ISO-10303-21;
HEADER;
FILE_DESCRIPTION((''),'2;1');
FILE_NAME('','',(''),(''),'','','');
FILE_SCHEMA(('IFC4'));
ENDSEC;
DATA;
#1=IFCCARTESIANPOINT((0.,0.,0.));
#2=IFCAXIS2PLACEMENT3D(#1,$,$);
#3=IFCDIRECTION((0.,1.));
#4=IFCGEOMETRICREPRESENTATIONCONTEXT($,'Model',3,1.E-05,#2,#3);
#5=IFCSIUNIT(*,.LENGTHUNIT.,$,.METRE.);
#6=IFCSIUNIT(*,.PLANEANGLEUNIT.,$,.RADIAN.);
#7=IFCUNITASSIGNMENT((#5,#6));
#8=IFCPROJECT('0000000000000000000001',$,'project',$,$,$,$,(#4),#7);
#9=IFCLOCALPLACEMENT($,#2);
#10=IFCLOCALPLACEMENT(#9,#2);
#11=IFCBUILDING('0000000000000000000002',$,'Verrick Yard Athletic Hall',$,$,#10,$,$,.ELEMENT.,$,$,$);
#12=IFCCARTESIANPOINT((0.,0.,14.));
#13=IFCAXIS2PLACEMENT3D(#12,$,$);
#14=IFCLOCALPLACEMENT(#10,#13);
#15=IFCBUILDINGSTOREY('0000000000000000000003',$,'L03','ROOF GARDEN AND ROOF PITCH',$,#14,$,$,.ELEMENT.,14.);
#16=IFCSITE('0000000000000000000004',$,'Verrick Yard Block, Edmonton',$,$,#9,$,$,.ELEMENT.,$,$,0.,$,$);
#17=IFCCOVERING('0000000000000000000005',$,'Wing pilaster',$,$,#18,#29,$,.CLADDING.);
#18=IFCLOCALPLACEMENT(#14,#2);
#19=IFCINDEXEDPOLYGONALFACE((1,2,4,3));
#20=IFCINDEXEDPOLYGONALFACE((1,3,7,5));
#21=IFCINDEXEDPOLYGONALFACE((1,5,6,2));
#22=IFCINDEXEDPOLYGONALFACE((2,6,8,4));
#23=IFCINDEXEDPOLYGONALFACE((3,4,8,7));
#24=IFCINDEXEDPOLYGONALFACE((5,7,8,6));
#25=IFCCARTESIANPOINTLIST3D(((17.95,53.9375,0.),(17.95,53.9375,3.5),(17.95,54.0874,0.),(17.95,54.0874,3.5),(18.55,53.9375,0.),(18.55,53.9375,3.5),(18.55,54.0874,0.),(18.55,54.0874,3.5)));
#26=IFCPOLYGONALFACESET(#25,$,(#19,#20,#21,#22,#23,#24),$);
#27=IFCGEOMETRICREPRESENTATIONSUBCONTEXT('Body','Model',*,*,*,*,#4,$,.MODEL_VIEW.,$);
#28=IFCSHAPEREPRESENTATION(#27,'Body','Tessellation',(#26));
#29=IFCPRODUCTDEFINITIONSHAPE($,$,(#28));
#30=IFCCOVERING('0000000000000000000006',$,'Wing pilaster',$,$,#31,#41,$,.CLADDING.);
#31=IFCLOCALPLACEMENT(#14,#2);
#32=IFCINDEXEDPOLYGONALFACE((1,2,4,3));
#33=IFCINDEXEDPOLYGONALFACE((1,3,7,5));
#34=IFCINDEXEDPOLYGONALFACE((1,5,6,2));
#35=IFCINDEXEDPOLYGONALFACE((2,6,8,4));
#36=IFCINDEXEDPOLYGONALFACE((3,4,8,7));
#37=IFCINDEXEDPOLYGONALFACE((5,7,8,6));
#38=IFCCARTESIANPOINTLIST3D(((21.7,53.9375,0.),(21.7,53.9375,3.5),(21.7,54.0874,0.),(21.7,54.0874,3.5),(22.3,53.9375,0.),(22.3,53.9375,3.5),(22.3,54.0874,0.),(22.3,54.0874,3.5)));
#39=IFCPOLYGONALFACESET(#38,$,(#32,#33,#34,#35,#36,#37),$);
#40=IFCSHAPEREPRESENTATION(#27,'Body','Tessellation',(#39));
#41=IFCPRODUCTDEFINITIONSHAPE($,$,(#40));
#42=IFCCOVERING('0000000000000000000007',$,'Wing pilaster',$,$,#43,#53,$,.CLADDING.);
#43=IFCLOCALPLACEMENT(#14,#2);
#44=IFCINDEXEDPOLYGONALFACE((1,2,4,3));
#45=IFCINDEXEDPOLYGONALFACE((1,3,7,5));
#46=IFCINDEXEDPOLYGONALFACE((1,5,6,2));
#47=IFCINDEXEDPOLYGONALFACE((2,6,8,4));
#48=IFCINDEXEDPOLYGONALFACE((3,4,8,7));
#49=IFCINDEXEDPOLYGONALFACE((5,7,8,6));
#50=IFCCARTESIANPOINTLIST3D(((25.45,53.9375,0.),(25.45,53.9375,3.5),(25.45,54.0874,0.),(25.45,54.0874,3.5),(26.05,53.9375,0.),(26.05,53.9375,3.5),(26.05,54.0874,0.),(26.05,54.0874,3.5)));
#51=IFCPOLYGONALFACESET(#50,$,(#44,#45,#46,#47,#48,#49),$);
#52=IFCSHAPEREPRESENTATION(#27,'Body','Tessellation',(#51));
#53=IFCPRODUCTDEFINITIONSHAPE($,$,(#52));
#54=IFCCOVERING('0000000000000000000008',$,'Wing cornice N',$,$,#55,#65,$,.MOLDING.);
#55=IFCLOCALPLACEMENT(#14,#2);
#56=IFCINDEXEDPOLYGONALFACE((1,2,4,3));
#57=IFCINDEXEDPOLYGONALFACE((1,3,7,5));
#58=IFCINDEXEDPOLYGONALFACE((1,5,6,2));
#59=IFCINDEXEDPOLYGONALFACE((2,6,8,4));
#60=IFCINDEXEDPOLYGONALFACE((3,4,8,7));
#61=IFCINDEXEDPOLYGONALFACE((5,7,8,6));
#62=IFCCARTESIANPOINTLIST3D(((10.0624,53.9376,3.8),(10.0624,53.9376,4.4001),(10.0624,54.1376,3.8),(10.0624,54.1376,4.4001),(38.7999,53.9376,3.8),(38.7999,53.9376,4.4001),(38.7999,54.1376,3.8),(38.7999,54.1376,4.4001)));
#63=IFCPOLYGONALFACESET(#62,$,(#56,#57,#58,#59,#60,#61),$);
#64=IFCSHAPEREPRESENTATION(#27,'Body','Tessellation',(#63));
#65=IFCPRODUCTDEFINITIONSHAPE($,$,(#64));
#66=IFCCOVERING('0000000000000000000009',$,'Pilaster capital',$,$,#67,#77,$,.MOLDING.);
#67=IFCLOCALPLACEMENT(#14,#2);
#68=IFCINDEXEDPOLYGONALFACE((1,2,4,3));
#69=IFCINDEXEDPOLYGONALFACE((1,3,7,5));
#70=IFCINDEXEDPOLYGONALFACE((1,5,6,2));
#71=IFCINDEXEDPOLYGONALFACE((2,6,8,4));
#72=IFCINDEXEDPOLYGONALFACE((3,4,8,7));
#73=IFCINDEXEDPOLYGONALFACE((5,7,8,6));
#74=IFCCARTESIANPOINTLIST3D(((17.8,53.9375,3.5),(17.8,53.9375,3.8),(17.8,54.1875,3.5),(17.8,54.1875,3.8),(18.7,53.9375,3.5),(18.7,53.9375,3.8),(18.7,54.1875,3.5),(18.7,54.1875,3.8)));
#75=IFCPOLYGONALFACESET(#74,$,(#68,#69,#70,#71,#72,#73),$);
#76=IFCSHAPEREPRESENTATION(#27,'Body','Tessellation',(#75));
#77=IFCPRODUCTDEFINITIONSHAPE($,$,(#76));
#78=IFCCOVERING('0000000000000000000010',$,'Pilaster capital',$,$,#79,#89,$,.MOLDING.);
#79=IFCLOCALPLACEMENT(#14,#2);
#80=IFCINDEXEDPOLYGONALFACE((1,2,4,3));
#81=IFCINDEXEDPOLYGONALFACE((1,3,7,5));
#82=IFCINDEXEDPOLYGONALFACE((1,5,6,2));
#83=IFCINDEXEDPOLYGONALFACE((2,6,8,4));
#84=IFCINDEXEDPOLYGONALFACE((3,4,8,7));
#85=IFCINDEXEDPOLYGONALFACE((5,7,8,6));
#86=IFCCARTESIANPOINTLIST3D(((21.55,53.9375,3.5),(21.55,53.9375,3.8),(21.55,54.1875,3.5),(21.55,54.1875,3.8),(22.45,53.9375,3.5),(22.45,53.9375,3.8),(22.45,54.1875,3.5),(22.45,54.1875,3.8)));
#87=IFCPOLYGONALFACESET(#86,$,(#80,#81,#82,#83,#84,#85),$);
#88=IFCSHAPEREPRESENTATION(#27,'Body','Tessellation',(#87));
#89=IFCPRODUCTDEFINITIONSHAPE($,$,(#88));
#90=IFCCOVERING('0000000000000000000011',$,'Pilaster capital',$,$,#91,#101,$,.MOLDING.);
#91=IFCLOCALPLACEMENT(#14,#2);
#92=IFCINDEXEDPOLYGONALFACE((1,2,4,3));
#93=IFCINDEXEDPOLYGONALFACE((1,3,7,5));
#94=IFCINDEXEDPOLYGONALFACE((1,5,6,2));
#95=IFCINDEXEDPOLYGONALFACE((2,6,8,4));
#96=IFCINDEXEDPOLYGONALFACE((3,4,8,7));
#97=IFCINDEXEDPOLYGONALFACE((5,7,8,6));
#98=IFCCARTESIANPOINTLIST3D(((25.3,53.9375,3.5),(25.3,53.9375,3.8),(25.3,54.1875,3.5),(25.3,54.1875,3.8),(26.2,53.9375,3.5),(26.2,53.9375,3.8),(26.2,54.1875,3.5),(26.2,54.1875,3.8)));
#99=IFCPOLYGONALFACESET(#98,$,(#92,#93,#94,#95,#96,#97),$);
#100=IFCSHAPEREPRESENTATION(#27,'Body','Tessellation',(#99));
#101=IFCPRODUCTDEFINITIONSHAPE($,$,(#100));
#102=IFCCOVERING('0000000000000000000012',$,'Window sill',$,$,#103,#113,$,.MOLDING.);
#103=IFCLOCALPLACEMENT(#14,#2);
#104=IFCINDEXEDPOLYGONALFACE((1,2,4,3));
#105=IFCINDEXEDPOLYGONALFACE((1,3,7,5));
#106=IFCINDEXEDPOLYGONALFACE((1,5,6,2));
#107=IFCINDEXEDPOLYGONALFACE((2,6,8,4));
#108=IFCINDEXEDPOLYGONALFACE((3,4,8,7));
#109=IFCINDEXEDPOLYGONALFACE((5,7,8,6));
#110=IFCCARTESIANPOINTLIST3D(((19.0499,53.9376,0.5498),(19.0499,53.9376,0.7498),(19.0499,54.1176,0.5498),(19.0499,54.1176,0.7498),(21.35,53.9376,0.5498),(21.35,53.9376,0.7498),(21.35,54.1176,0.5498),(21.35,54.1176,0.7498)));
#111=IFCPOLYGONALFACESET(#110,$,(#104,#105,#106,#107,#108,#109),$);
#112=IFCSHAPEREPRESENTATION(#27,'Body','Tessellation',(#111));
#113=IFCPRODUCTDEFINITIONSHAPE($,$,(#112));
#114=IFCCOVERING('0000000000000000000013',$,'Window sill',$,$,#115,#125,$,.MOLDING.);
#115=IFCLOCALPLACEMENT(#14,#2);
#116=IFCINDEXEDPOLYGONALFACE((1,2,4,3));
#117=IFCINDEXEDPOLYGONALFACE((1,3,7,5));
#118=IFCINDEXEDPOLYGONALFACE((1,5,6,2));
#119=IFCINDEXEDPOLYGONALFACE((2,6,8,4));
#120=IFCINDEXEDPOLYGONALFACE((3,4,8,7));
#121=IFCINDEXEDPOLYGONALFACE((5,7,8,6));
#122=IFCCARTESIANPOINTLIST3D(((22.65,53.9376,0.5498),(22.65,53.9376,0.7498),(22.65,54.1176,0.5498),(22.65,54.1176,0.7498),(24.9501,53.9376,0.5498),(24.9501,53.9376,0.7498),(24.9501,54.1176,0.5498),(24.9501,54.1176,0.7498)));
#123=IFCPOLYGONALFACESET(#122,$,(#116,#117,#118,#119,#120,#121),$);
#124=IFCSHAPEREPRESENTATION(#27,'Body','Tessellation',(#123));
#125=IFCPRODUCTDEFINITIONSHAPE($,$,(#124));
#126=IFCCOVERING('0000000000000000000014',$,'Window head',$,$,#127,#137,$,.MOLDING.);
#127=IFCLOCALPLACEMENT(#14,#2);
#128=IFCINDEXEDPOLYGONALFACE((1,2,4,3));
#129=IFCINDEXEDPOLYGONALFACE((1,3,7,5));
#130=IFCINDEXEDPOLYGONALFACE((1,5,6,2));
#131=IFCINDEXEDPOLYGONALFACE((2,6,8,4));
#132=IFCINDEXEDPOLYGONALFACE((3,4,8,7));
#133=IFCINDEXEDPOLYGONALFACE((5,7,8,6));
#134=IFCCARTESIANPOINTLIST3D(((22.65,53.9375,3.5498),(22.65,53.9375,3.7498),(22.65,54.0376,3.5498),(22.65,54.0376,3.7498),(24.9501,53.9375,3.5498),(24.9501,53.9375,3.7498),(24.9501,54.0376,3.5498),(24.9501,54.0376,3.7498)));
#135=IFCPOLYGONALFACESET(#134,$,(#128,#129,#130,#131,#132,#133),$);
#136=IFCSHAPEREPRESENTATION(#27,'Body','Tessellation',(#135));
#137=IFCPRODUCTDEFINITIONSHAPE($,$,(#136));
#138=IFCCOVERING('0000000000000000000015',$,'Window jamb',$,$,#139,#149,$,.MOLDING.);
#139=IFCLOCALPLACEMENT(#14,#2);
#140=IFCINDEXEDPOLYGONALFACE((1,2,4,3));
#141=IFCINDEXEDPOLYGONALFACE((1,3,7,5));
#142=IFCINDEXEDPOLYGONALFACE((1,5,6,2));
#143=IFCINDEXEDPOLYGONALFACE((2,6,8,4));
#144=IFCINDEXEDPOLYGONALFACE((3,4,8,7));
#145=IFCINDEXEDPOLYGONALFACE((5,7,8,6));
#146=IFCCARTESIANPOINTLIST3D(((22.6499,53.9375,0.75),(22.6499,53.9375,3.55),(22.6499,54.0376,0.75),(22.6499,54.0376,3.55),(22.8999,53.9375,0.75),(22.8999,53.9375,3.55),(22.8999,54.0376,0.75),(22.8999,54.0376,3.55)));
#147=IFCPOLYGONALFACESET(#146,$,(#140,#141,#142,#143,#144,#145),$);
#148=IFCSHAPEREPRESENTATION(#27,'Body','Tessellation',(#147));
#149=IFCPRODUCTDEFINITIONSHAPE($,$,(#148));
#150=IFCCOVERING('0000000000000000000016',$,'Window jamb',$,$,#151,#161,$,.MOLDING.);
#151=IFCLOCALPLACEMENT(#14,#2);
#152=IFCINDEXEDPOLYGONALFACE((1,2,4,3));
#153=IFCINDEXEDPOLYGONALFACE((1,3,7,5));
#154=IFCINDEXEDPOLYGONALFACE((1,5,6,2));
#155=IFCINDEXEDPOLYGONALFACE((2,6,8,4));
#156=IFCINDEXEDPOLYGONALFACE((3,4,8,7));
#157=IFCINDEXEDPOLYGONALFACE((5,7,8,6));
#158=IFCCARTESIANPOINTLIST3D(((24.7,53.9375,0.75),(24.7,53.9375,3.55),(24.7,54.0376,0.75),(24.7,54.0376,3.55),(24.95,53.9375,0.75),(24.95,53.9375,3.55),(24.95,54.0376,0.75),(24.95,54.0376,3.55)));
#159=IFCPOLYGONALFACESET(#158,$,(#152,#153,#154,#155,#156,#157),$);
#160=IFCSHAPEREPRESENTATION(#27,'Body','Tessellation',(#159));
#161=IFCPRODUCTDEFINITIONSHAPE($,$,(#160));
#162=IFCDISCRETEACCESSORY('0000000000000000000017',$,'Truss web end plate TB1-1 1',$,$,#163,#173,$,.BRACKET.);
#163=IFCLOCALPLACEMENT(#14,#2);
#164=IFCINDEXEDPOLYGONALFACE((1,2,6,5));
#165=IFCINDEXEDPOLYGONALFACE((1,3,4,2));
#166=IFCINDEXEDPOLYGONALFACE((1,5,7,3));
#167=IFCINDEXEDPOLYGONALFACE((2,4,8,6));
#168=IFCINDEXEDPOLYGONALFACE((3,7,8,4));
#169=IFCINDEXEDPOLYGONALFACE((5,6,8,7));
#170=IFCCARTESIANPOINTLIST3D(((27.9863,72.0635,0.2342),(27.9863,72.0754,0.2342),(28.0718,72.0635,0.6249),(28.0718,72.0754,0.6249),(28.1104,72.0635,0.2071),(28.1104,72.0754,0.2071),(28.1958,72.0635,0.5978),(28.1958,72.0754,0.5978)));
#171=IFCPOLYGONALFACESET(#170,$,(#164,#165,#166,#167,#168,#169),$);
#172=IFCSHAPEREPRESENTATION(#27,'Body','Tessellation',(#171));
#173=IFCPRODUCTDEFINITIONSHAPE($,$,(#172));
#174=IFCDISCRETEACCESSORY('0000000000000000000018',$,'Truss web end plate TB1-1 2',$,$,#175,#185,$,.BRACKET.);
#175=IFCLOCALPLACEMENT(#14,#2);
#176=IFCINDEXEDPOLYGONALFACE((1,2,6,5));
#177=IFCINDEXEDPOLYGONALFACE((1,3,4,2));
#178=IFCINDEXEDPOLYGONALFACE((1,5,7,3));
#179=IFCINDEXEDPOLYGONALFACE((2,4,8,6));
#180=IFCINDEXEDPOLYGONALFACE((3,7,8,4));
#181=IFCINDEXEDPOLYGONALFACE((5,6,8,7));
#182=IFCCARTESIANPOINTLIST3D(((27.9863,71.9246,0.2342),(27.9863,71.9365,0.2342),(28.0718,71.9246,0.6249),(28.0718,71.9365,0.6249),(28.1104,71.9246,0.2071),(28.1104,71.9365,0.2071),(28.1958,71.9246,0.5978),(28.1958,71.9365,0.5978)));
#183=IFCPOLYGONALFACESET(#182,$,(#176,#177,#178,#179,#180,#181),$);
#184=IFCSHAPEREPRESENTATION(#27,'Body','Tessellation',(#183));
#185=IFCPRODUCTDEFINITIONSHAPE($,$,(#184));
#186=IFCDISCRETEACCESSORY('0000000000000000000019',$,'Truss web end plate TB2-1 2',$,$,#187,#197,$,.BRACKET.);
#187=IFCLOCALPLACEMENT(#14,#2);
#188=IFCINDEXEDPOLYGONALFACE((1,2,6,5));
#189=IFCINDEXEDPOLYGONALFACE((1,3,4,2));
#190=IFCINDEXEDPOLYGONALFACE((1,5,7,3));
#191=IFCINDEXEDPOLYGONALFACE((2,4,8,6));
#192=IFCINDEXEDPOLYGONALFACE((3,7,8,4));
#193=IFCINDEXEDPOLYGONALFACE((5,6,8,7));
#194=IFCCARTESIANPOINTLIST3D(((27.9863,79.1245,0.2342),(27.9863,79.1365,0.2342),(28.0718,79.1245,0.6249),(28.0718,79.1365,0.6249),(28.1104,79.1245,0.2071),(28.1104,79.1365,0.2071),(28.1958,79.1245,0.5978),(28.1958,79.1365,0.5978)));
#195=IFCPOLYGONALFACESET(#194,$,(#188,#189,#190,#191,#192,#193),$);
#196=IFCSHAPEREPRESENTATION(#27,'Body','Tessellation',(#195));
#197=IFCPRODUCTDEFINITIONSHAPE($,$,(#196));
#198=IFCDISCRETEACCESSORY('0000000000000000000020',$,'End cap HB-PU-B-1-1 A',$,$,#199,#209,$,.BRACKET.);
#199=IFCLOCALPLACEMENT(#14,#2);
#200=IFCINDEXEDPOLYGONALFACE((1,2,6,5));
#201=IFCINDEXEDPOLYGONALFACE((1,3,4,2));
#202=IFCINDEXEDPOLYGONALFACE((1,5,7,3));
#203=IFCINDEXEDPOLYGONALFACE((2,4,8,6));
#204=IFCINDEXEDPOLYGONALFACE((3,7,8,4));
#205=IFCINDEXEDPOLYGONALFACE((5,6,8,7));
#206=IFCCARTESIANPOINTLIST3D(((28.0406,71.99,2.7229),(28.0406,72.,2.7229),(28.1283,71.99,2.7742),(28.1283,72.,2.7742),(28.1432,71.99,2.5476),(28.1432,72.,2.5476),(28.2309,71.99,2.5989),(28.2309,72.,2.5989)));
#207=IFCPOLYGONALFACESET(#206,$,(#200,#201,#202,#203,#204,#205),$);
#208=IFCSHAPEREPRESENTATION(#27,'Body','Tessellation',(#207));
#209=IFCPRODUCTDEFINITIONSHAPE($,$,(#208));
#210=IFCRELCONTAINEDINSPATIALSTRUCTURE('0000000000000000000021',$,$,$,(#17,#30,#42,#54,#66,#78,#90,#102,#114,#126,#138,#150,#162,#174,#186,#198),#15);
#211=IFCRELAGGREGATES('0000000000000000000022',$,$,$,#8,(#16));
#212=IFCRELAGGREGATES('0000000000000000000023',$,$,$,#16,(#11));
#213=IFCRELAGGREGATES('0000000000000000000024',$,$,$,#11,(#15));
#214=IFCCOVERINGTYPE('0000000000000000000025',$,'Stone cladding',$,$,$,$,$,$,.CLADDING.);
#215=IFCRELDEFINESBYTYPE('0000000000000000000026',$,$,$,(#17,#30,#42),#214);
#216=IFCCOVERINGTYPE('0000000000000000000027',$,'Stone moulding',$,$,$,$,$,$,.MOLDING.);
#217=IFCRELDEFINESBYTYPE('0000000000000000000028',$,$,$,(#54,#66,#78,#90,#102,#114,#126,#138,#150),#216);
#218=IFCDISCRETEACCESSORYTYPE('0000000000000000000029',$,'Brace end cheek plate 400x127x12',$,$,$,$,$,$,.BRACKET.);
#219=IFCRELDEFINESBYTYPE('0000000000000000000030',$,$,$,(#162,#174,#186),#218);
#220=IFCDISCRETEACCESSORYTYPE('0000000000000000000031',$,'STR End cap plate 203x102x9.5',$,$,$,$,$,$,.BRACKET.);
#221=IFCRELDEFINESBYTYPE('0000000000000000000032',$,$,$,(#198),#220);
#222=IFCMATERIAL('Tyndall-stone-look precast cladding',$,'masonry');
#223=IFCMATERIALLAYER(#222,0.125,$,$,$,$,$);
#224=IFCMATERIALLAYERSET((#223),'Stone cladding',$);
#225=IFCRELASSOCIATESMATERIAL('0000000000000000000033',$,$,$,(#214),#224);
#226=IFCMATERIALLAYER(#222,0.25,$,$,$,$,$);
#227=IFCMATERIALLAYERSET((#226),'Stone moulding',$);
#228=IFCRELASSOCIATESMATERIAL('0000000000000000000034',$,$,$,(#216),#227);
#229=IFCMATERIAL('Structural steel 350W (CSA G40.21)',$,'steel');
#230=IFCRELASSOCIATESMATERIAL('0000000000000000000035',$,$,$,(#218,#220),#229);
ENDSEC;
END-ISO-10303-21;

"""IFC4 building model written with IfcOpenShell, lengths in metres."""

from ifc_helpers import new_model, si_unit, direction, frame, origin, origin_2d, place, context, subcontext, project, spatial, rectangle, extrude, material, layer, layer_set, material_profile, profile_set, type_object, element, save


model = new_model("IFC4")

# Units and contexts
model_context = context("Model", 3, precision=1e-05, world=origin(), true_north=direction((0.0, 1.0)))
body_context = subcontext(model_context, "Body", "Model", "MODEL_VIEW")
ifc_project = project(units=[si_unit("LENGTHUNIT", "METRE"), si_unit("PLANEANGLEUNIT", "RADIAN")], contexts=[model_context])

# Site, building, storey
site_placement = place(None, origin())
site = spatial("IfcSite", under=ifc_project, at=site_placement, Name="Verrick Yard Block, Edmonton", CompositionType="ELEMENT", RefElevation=0.0)
building_placement = place(site_placement, origin())
building = spatial("IfcBuilding", under=site, at=building_placement, Name="Verrick Yard Athletic Hall", CompositionType="ELEMENT")
storey_placement = place(building_placement, frame((0.0, 0.0, 14.0)))
storey = spatial("IfcBuildingStorey", under=building, at=storey_placement, Name="L03", Description="ROOF GARDEN AND ROOF PITCH", CompositionType="ELEMENT", Elevation=14.0)

# Coverings
ifc_material_1 = material(Name="Tyndall-stone-look precast cladding", Category="masonry")
ifc_layer_1 = layer(ifc_material_1, 0.125)
ifc_layer_set_1 = layer_set([ifc_layer_1], Name="Stone cladding")
covering_type_1 = type_object("IfcCoveringType", Name="Stone cladding", PredefinedType="CLADDING", material=ifc_layer_set_1)
for number, where, z_axis, x_axis, name in (
    (1, (18.25, 54.0125, 0.0), (0.0, 0.0, 1.0), (1.0, 0.0, 0.0), "Wing pilaster"),
    (2, (22.0, 54.0125, 0.0), (0.0, 0.0, 1.0), (1.0, 0.0, 0.0), "Wing pilaster"),
    (3, (25.75, 54.0125, 0.0), (0.0, 0.0, 1.0), (1.0, 0.0, 0.0), "Wing pilaster"),
):
    element("IfcCovering", number, at=place(storey_placement, frame(where, z_axis=z_axis, x_axis=x_axis)), inside=storey, type_object=covering_type_1, Name=name, PredefinedType="CLADDING", context=body_context, shape_type="SweptSolid", body=[
        extrude(rectangle(XDim=0.6001, YDim=0.1499, at=origin_2d()), origin(), (0.0, 0.0, 1.0), 3.5),
    ])
ifc_layer_2 = layer(ifc_material_1, 0.25)
ifc_layer_set_2 = layer_set([ifc_layer_2], Name="Stone moulding")
covering_type_2 = type_object("IfcCoveringType", Name="Stone moulding", PredefinedType="MOLDING", material=ifc_layer_set_2)
covering_1_placement = place(storey_placement, frame((24.4312, 54.0376, 3.8), z_axis=(0.0, 0.0, 1.0), x_axis=(1.0, 0.0, 0.0)))
element("IfcCovering", 4, at=covering_1_placement, inside=storey, type_object=covering_type_2, Name="Wing cornice N", PredefinedType="MOLDING", context=body_context, shape_type="SweptSolid", body=[
    extrude(rectangle(XDim=28.7375, YDim=0.2, at=origin_2d()), origin(), (0.0, 0.0, 1.0), 0.6001),
])
for number, where, z_axis, x_axis, name in (
    (5, (18.25, 54.0625, 3.5), (0.0, 0.0, 1.0), (1.0, 0.0, 0.0), "Pilaster capital"),
    (6, (22.0, 54.0625, 3.5), (0.0, 0.0, 1.0), (1.0, 0.0, 0.0), "Pilaster capital"),
    (7, (25.75, 54.0625, 3.5), (0.0, 0.0, 1.0), (1.0, 0.0, 0.0), "Pilaster capital"),
):
    element("IfcCovering", number, at=place(storey_placement, frame(where, z_axis=z_axis, x_axis=x_axis)), inside=storey, type_object=covering_type_2, Name=name, PredefinedType="MOLDING", context=body_context, shape_type="SweptSolid", body=[
        extrude(rectangle(XDim=0.8999, YDim=0.25, at=origin_2d()), origin(), (0.0, 0.0, 1.0), 0.3),
    ])
for number, where, z_axis, x_axis, name in (
    (8, (20.2, 54.0276, 0.5498), (0.0, 0.0, 1.0), (1.0, 0.0, 0.0), "Window sill"),
    (9, (23.8, 54.0276, 0.5498), (0.0, 0.0, 1.0), (1.0, 0.0, 0.0), "Window sill"),
):
    element("IfcCovering", number, at=place(storey_placement, frame(where, z_axis=z_axis, x_axis=x_axis)), inside=storey, type_object=covering_type_2, Name=name, PredefinedType="MOLDING", context=body_context, shape_type="SweptSolid", body=[
        extrude(rectangle(XDim=2.3, YDim=0.1799, at=origin_2d()), origin(), (0.0, 0.0, 1.0), 0.2),
    ])
covering_2_placement = place(storey_placement, frame((23.8, 53.9875, 3.5498), z_axis=(0.0, 0.0, 1.0), x_axis=(1.0, 0.0, 0.0)))
element("IfcCovering", 10, at=covering_2_placement, inside=storey, type_object=covering_type_2, Name="Window head", PredefinedType="MOLDING", context=body_context, shape_type="SweptSolid", body=[
    extrude(rectangle(XDim=2.3, YDim=0.1001, at=origin_2d()), origin(), (0.0, 0.0, 1.0), 0.2),
])
for number, where, z_axis, x_axis, name in (
    (11, (22.7749, 53.9875, 0.75), (0.0, 0.0, 1.0), (1.0, 0.0, 0.0), "Window jamb"),
    (12, (24.825, 53.9875, 0.75), (0.0, 0.0, 1.0), (1.0, 0.0, 0.0), "Window jamb"),
):
    element("IfcCovering", number, at=place(storey_placement, frame(where, z_axis=z_axis, x_axis=x_axis)), inside=storey, type_object=covering_type_2, Name=name, PredefinedType="MOLDING", context=body_context, shape_type="SweptSolid", body=[
        extrude(rectangle(XDim=0.25, YDim=0.1001, at=origin_2d()), origin(), (0.0, 0.0, 1.0), 2.8),
    ])

# Discrete accessories
ifc_material_2 = material(Name="Structural steel 350W (CSA G40.21)", Category="steel")
ifc_material_profile_1 = material_profile(ifc_material_2, rectangle(XDim=0.3999, YDim=0.127, at=origin_2d()), Name="Brace end cheek plate")
ifc_profile_set_1 = profile_set([ifc_material_profile_1], Name="Structural steel 350W (CSA G40.21)")
discrete_accessory_type_1 = type_object("IfcDiscreteAccessoryType", Name="Brace end cheek plate 400x127x12", PredefinedType="BRACKET", material=ifc_profile_set_1)
for number, where, z_axis, x_axis, name in (
    (13, (28.0911, 72.0635, 0.416), (0.0, 1.0, 0.0), (0.213605, 0.0, 0.97692), "Truss web end plate TB1-1 1"),
    (14, (28.0911, 71.9365, 0.416), (0.0, -1.0, 0.0), (0.213605, 0.0, 0.97692), "Truss web end plate TB1-1 2"),
    (15, (28.0911, 79.1365, 0.416), (0.0, -1.0, 0.0), (0.213605, 0.0, 0.97692), "Truss web end plate TB2-1 2"),
):
    element("IfcDiscreteAccessory", number, at=place(storey_placement, frame(where, z_axis=z_axis, x_axis=x_axis)), inside=storey, type_object=discrete_accessory_type_1, Name=name, PredefinedType="BRACKET", context=body_context, shape_type="SweptSolid", body=[
        extrude(rectangle(XDim=0.3999, YDim=0.127, at=origin_2d()), origin(), (0.0, 0.0, 1.0), 0.012),
    ])
ifc_material_profile_2 = material_profile(ifc_material_2, rectangle(XDim=0.1016, YDim=0.2031, at=origin_2d()), Name="STR End cap plate 203x102x9.5")
ifc_profile_set_2 = profile_set([ifc_material_profile_2], Name="Structural steel 350W (CSA G40.21)")
discrete_accessory_type_2 = type_object("IfcDiscreteAccessoryType", Name="STR End cap plate 203x102x9.5", PredefinedType="BRACKET", material=ifc_profile_set_2)
discrete_accessory_1_placement = place(storey_placement, frame((28.1357, 71.99, 2.6609), z_axis=(0.0, 1.0, 0.0), x_axis=(-0.863168, 0.0, -0.504917)))
element("IfcDiscreteAccessory", 16, at=discrete_accessory_1_placement, inside=storey, type_object=discrete_accessory_type_2, Name="End cap HB-PU-B-1-1 A", PredefinedType="BRACKET", context=body_context, shape_type="SweptSolid", body=[
    extrude(rectangle(XDim=0.1016, YDim=0.2031, at=origin_2d()), origin(), (0.0, 0.0, 1.0), 0.01),
])

save(model, "model.ifc")
